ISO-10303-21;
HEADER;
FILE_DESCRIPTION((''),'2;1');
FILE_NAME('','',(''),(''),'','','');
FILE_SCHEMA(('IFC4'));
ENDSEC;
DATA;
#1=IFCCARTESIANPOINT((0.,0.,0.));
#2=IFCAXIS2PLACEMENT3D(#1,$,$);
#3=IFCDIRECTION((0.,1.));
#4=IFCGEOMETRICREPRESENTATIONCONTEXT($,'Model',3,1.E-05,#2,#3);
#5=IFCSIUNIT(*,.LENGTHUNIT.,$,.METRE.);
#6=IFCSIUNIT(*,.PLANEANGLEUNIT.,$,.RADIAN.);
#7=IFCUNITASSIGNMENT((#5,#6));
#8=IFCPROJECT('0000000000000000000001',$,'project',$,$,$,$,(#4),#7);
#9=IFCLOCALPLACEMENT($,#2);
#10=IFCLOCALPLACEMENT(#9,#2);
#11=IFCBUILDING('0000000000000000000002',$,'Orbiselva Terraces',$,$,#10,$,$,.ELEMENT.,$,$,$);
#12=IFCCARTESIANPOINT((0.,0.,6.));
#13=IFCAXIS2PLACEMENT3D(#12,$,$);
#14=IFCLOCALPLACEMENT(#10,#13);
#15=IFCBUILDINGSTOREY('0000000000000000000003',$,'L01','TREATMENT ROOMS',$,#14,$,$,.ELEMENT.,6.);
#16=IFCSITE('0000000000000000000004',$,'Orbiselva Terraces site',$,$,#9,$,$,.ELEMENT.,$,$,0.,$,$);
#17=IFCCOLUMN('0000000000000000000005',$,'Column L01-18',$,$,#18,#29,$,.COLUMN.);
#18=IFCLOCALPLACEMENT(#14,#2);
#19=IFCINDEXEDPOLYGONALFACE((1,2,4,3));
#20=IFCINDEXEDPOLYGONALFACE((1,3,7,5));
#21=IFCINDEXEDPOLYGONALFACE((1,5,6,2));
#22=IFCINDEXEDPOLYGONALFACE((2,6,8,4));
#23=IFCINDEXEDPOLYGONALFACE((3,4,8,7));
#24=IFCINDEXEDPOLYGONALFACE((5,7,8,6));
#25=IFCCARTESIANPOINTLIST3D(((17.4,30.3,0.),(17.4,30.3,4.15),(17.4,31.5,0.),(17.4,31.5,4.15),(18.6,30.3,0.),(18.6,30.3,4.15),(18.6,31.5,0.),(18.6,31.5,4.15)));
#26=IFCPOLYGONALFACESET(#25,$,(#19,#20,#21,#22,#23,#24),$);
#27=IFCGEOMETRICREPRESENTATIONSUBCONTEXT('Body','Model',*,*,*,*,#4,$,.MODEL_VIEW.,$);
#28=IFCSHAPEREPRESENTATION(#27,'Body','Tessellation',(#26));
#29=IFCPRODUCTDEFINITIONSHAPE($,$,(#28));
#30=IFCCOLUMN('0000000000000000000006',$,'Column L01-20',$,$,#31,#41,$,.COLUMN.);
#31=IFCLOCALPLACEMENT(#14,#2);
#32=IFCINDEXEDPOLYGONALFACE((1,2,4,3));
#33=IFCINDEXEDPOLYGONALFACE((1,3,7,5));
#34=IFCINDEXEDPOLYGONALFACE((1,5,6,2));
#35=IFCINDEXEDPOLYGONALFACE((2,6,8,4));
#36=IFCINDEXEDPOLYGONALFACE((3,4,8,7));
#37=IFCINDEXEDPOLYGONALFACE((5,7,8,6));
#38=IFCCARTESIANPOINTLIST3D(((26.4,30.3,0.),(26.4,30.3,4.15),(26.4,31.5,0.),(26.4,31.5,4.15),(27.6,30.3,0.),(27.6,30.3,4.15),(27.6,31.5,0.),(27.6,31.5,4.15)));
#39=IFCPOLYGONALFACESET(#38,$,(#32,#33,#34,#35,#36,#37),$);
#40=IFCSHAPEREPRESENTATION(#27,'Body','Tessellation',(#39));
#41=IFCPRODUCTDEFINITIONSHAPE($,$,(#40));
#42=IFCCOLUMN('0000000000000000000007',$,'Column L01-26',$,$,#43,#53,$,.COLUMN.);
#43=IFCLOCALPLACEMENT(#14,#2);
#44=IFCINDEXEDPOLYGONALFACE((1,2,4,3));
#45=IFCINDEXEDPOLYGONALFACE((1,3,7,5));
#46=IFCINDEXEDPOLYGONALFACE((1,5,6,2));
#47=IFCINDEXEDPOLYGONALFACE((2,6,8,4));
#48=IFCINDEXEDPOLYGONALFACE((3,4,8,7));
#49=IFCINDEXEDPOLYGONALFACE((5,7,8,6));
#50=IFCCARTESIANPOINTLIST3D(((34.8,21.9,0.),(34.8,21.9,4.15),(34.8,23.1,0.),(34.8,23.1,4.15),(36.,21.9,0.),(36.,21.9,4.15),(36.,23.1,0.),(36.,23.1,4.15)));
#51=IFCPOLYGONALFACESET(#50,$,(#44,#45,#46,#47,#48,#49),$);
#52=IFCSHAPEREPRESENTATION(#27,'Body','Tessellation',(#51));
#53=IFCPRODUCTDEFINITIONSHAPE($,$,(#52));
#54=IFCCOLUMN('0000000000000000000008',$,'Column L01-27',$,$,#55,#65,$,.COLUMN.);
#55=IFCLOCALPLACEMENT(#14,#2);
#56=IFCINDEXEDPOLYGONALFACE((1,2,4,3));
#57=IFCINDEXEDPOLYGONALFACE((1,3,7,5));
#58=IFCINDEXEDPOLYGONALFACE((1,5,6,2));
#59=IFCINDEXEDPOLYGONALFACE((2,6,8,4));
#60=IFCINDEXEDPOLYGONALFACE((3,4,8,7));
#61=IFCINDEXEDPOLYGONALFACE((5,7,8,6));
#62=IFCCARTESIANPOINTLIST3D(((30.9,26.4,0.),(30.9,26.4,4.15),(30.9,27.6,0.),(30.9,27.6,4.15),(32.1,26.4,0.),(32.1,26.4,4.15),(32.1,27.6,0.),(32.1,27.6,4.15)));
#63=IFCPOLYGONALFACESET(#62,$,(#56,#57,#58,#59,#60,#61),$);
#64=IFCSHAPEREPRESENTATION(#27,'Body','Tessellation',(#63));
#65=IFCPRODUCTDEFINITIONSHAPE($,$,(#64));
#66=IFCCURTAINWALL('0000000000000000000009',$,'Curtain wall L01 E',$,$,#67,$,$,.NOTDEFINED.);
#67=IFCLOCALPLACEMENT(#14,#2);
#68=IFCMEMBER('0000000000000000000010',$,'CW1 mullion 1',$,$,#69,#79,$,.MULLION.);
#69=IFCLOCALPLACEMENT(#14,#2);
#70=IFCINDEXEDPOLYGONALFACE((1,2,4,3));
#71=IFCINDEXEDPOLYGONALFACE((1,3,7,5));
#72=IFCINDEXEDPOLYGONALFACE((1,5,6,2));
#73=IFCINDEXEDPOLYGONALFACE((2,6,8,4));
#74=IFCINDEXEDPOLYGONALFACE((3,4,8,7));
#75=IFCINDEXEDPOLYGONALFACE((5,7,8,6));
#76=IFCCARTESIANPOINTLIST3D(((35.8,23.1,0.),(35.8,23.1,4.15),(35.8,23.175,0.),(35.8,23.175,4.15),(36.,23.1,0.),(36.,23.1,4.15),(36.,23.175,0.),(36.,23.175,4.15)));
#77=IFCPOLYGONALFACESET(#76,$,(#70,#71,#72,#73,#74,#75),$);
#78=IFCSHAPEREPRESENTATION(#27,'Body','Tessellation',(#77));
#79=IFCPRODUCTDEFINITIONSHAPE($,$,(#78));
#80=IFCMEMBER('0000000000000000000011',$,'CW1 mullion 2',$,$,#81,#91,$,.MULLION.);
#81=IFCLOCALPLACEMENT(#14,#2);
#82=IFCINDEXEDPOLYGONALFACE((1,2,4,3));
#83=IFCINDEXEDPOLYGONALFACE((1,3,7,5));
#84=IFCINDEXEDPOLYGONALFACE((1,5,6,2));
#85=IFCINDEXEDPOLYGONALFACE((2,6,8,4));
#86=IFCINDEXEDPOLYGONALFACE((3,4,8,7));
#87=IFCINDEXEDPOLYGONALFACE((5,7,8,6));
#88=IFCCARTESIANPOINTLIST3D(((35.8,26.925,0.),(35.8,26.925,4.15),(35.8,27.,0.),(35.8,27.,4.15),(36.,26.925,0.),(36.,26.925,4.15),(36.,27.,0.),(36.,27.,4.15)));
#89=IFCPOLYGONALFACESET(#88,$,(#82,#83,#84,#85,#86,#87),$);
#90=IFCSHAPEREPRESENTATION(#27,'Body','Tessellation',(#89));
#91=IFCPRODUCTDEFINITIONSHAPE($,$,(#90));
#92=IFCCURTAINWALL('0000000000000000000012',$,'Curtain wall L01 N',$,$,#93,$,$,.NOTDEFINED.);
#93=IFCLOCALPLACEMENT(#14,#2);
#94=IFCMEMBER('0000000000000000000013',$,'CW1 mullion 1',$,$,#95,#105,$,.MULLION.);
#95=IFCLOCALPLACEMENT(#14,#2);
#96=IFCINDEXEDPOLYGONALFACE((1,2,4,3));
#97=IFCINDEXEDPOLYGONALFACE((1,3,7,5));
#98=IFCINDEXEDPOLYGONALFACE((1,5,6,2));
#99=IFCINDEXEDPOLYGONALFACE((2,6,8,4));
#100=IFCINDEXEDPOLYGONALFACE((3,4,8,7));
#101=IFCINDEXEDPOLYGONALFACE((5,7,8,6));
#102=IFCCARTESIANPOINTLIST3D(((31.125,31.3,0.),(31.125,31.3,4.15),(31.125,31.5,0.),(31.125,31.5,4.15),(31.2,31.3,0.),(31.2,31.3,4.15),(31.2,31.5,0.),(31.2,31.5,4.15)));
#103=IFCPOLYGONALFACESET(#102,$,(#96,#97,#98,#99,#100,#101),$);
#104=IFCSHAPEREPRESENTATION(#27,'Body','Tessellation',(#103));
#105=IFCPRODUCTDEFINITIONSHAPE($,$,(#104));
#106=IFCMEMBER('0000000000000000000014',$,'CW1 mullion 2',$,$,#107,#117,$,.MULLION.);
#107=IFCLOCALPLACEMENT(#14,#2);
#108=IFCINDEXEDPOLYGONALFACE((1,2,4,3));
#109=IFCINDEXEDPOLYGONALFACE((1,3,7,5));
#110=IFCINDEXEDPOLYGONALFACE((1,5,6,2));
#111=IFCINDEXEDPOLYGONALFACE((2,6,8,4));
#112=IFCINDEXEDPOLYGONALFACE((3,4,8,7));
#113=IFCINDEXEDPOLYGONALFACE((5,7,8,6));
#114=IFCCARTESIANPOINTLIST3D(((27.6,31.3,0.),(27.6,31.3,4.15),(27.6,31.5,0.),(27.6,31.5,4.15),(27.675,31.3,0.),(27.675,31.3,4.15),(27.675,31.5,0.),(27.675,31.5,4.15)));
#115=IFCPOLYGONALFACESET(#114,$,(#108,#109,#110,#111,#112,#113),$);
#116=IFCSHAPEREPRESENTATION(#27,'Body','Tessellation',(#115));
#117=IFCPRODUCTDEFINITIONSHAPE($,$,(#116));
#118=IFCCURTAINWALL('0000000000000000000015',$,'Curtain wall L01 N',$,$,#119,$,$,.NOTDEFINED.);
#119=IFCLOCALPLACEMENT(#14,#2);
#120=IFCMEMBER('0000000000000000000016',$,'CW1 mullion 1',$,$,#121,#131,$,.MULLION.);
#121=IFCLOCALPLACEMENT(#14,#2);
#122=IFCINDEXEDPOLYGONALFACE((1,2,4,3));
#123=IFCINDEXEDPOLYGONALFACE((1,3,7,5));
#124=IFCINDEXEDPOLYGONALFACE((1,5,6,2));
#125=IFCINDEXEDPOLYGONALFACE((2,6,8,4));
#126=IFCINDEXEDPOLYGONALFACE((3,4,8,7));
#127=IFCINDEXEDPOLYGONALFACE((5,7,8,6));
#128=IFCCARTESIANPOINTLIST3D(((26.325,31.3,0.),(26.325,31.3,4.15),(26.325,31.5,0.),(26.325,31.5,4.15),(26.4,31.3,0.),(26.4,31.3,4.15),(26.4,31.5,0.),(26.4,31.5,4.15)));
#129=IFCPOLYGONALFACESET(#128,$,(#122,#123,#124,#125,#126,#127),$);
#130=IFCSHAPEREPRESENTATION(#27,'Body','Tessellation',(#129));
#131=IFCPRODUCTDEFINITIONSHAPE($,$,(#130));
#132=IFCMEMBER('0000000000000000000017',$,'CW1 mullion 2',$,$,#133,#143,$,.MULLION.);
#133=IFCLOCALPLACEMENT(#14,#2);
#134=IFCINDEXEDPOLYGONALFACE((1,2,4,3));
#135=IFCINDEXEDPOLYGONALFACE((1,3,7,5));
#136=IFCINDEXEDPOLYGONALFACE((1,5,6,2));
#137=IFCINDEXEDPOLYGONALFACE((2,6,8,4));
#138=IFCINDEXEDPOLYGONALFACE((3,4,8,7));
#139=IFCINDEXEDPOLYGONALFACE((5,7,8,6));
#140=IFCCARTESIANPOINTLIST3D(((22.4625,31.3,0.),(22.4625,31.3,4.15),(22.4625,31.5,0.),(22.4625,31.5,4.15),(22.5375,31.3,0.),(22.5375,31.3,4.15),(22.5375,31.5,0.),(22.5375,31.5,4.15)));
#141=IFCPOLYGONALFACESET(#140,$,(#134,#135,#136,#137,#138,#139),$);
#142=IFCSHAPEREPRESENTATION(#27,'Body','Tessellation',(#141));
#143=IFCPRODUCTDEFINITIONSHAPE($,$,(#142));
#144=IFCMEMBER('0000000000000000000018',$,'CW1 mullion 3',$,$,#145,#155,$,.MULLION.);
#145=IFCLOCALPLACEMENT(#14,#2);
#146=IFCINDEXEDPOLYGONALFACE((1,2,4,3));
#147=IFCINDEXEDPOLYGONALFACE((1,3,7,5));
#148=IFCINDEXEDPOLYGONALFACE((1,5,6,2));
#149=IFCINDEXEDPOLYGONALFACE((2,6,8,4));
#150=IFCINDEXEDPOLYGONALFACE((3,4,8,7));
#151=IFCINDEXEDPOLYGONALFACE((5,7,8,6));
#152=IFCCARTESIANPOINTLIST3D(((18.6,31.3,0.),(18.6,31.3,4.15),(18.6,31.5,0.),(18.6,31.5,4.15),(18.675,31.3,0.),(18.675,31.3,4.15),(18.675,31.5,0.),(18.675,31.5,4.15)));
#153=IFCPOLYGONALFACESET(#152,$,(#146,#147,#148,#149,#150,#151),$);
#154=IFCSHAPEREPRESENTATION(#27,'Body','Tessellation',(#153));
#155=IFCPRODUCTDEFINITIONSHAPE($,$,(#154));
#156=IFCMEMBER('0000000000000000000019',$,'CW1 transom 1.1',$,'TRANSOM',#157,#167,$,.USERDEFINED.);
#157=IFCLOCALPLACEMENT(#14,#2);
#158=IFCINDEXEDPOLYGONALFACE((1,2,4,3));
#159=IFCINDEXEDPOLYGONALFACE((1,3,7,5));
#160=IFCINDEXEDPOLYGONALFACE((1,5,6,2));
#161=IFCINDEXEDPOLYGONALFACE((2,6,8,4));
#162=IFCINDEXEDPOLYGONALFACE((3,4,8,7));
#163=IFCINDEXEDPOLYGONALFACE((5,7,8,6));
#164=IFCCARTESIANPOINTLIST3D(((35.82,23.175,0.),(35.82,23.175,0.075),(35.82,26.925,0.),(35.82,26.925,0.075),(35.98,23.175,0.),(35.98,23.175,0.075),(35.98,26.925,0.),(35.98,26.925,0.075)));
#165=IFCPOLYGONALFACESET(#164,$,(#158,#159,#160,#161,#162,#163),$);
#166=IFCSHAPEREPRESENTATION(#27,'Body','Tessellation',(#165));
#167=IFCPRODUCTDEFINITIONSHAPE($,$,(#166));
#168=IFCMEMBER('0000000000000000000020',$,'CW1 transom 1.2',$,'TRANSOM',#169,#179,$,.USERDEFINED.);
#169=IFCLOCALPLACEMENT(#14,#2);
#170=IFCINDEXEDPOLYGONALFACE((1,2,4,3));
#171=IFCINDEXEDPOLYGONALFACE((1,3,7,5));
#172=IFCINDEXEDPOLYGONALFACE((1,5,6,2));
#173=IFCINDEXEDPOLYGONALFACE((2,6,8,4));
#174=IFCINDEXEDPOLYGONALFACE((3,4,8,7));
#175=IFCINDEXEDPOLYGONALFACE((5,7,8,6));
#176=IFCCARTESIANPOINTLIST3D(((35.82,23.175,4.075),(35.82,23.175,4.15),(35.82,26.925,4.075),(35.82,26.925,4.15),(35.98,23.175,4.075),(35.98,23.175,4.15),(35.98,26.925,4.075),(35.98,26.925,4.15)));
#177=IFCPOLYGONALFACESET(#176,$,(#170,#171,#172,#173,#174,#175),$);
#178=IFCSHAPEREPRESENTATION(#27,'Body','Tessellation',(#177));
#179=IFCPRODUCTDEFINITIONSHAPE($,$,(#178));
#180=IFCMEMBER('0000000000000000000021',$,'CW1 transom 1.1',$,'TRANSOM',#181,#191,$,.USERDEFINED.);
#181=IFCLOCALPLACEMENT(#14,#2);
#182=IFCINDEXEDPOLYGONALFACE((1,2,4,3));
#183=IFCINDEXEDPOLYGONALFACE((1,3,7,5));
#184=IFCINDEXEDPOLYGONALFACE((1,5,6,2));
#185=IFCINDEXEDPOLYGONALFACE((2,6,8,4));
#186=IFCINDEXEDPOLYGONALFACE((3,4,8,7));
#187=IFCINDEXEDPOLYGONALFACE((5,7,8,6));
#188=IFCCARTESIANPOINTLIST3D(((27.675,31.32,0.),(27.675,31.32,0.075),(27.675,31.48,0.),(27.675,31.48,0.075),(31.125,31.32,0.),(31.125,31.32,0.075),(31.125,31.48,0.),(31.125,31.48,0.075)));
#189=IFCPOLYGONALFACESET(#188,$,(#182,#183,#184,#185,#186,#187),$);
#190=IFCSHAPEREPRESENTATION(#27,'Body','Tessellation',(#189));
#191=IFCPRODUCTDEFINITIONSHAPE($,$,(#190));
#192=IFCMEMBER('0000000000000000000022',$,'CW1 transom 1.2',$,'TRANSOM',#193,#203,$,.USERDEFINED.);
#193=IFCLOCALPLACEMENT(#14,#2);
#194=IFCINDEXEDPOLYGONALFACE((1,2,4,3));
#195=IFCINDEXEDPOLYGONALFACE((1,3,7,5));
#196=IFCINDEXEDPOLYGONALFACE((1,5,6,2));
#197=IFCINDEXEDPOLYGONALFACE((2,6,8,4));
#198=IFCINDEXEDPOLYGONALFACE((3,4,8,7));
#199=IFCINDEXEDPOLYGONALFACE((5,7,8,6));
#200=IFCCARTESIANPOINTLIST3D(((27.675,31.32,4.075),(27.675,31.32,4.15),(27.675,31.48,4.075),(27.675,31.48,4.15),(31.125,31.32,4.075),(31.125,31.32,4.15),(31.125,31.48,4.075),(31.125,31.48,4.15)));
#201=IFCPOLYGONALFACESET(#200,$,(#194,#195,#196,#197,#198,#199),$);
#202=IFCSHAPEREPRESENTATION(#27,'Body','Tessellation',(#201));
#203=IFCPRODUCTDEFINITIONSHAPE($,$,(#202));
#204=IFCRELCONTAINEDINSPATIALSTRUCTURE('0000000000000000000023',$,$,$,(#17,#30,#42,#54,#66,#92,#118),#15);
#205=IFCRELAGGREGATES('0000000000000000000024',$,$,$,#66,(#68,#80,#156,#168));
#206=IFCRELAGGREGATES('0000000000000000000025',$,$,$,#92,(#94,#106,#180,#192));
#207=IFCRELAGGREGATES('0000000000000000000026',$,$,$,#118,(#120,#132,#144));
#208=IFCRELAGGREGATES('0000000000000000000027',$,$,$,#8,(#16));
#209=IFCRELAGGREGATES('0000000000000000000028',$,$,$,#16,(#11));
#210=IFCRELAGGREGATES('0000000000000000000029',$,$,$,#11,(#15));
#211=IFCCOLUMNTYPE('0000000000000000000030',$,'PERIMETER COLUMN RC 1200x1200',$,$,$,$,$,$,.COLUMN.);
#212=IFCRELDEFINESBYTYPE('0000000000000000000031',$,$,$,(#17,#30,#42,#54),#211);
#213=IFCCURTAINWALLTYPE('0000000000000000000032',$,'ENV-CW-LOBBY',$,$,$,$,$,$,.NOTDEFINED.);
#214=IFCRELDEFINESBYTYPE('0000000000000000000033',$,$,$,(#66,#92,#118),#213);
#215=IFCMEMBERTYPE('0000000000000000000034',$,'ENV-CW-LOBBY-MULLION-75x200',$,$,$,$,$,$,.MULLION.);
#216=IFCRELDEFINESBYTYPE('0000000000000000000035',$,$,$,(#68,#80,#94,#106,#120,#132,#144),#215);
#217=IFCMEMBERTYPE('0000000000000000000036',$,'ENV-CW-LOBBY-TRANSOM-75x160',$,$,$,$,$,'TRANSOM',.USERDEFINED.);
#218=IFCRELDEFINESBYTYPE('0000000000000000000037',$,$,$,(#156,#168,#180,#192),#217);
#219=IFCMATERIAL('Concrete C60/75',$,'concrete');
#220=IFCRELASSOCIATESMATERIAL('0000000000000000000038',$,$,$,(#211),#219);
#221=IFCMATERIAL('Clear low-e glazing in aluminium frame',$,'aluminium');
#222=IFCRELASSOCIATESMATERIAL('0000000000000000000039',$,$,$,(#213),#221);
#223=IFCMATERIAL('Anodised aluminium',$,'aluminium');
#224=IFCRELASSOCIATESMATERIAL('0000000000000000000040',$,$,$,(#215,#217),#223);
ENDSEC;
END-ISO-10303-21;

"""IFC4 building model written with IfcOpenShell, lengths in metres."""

from ifc_helpers import new_model, si_unit, direction, frame, origin, origin_2d, place, context, subcontext, project, spatial, rectangle, extrude, material, material_profile, profile_set, type_object, element, aggregate, save


model = new_model("IFC4")

# Units and contexts
model_context = context("Model", 3, precision=1e-05, world=origin(), true_north=direction((0.0, 1.0)))
body_context = subcontext(model_context, "Body", "Model", "MODEL_VIEW")
ifc_project = project(units=[si_unit("LENGTHUNIT", "METRE"), si_unit("PLANEANGLEUNIT", "RADIAN")], contexts=[model_context])

# Site, building, storey
site_placement = place(None, origin())
site = spatial("IfcSite", under=ifc_project, at=site_placement, Name="Orbiselva Terraces site", CompositionType="ELEMENT", RefElevation=0.0)
building_placement = place(site_placement, origin())
building = spatial("IfcBuilding", under=site, at=building_placement, Name="Orbiselva Terraces", CompositionType="ELEMENT")
storey_placement = place(building_placement, frame((0.0, 0.0, 6.0)))
storey = spatial("IfcBuildingStorey", under=building, at=storey_placement, Name="L01", Description="TREATMENT ROOMS", CompositionType="ELEMENT", Elevation=6.0)

# Columns
ifc_material_1 = material(Name="Concrete C60/75", Category="concrete")
ifc_material_profile_1 = material_profile(ifc_material_1, rectangle(XDim=1.2, YDim=1.2, at=origin_2d()), Name="RC 1200x1200")
ifc_profile_set_1 = profile_set([ifc_material_profile_1], Name="Concrete C60/75")
column_type = type_object("IfcColumnType", Name="PERIMETER COLUMN RC 1200x1200", PredefinedType="COLUMN", material=ifc_profile_set_1)
for number, where, z_axis, x_axis, name in (
    (1, (18.0, 30.9, 0.0), (0.0, 0.0, 1.0), (1.0, 0.0, 0.0), "Column L01-18"),
    (2, (27.0, 30.9, 0.0), (0.0, 0.0, 1.0), (1.0, 0.0, 0.0), "Column L01-20"),
    (3, (35.4, 22.5, 0.0), (0.0, 0.0, 1.0), (1.0, 0.0, 0.0), "Column L01-26"),
    (4, (31.5, 27.0, 0.0), (0.0, 0.0, 1.0), (1.0, 0.0, 0.0), "Column L01-27"),
):
    element("IfcColumn", number, at=place(storey_placement, frame(where, z_axis=z_axis, x_axis=x_axis)), inside=storey, type_object=column_type, Name=name, PredefinedType="COLUMN", context=body_context, shape_type="SweptSolid", body=[
        extrude(rectangle(XDim=1.2, YDim=1.2, at=origin_2d()), origin(), (0.0, 0.0, 1.0), 4.15),
    ])

# Curtain walls, members
ifc_material_2 = material(Name="Clear low-e glazing in aluminium frame", Category="aluminium")
curtain_wall_type = type_object("IfcCurtainWallType", Name="ENV-CW-LOBBY", PredefinedType="NOTDEFINED", material=ifc_material_2)
curtain_wall_1_placement = place(storey_placement, origin())
curtain_wall_1 = element("IfcCurtainWall", 5, at=curtain_wall_1_placement, inside=storey, type_object=curtain_wall_type, Name="Curtain wall L01 E", PredefinedType="NOTDEFINED")
ifc_material_3 = material(Name="Anodised aluminium", Category="aluminium")
ifc_material_profile_2 = material_profile(ifc_material_3, rectangle(XDim=0.2, YDim=0.075, at=origin_2d()), Name="AL 75x200")
ifc_profile_set_2 = profile_set([ifc_material_profile_2], Name="Anodised aluminium")
member_type_1 = type_object("IfcMemberType", Name="ENV-CW-LOBBY-MULLION-75x200", PredefinedType="MULLION", material=ifc_profile_set_2)
member_1_placement = place(storey_placement, frame((35.9, 23.1375, 0.0), z_axis=(0.0, 0.0, 1.0), x_axis=(-1.0, 0.0, 0.0)))
member_1 = element("IfcMember", 6, at=member_1_placement, type_object=member_type_1, Name="CW1 mullion 1", PredefinedType="MULLION", context=body_context, shape_type="SweptSolid", body=[
    extrude(rectangle(XDim=0.2, YDim=0.075, at=origin_2d()), origin(), (0.0, 0.0, 1.0), 4.15),
])
member_2_placement = place(storey_placement, frame((35.9, 26.9625, 0.0), z_axis=(0.0, 0.0, 1.0), x_axis=(-1.0, 0.0, 0.0)))
member_2 = element("IfcMember", 7, at=member_2_placement, type_object=member_type_1, Name="CW1 mullion 2", PredefinedType="MULLION", context=body_context, shape_type="SweptSolid", body=[
    extrude(rectangle(XDim=0.2, YDim=0.075, at=origin_2d()), origin(), (0.0, 0.0, 1.0), 4.15),
])
curtain_wall_2_placement = place(storey_placement, origin())
curtain_wall_2 = element("IfcCurtainWall", 8, at=curtain_wall_2_placement, inside=storey, type_object=curtain_wall_type, Name="Curtain wall L01 N", PredefinedType="NOTDEFINED")
member_3_placement = place(storey_placement, frame((31.1625, 31.4, 0.0), z_axis=(0.0, 0.0, 1.0), x_axis=(0.0, -1.0, 0.0)))
member_3 = element("IfcMember", 9, at=member_3_placement, type_object=member_type_1, Name="CW1 mullion 1", PredefinedType="MULLION", context=body_context, shape_type="SweptSolid", body=[
    extrude(rectangle(XDim=0.2, YDim=0.075, at=origin_2d()), origin(), (0.0, 0.0, 1.0), 4.15),
])
member_4_placement = place(storey_placement, frame((27.6375, 31.4, 0.0), z_axis=(0.0, 0.0, 1.0), x_axis=(0.0, -1.0, 0.0)))
member_4 = element("IfcMember", 10, at=member_4_placement, type_object=member_type_1, Name="CW1 mullion 2", PredefinedType="MULLION", context=body_context, shape_type="SweptSolid", body=[
    extrude(rectangle(XDim=0.2, YDim=0.075, at=origin_2d()), origin(), (0.0, 0.0, 1.0), 4.15),
])
curtain_wall_3_placement = place(storey_placement, origin())
curtain_wall_3 = element("IfcCurtainWall", 11, at=curtain_wall_3_placement, inside=storey, type_object=curtain_wall_type, Name="Curtain wall L01 N", PredefinedType="NOTDEFINED")
member_5_placement = place(storey_placement, frame((26.3625, 31.4, 0.0), z_axis=(0.0, 0.0, 1.0), x_axis=(0.0, -1.0, 0.0)))
member_5 = element("IfcMember", 12, at=member_5_placement, type_object=member_type_1, Name="CW1 mullion 1", PredefinedType="MULLION", context=body_context, shape_type="SweptSolid", body=[
    extrude(rectangle(XDim=0.2, YDim=0.075, at=origin_2d()), origin(), (0.0, 0.0, 1.0), 4.15),
])
member_6_placement = place(storey_placement, frame((22.5, 31.4, 0.0), z_axis=(0.0, 0.0, 1.0), x_axis=(0.0, -1.0, 0.0)))
member_6 = element("IfcMember", 13, at=member_6_placement, type_object=member_type_1, Name="CW1 mullion 2", PredefinedType="MULLION", context=body_context, shape_type="SweptSolid", body=[
    extrude(rectangle(XDim=0.2, YDim=0.075, at=origin_2d()), origin(), (0.0, 0.0, 1.0), 4.15),
])
member_7_placement = place(storey_placement, frame((18.6375, 31.4, 0.0), z_axis=(0.0, 0.0, 1.0), x_axis=(0.0, -1.0, 0.0)))
member_7 = element("IfcMember", 14, at=member_7_placement, type_object=member_type_1, Name="CW1 mullion 3", PredefinedType="MULLION", context=body_context, shape_type="SweptSolid", body=[
    extrude(rectangle(XDim=0.2, YDim=0.075, at=origin_2d()), origin(), (0.0, 0.0, 1.0), 4.15),
])

# Members
ifc_material_profile_3 = material_profile(ifc_material_3, rectangle(XDim=0.16, YDim=0.075, at=origin_2d()), Name="AL 75x160")
ifc_profile_set_3 = profile_set([ifc_material_profile_3], Name="Anodised aluminium")
member_type_2 = type_object("IfcMemberType", Name="ENV-CW-LOBBY-TRANSOM-75x160", ElementType="TRANSOM", PredefinedType="USERDEFINED", material=ifc_profile_set_3)
member_8_placement = place(storey_placement, frame((35.9, 23.175, 0.0375), z_axis=(0.0, 1.0, 0.0), x_axis=(-1.0, 0.0, 0.0)))
member_8 = element("IfcMember", 15, at=member_8_placement, type_object=member_type_2, Name="CW1 transom 1.1", ObjectType="TRANSOM", PredefinedType="USERDEFINED", context=body_context, shape_type="SweptSolid", body=[
    extrude(rectangle(XDim=0.16, YDim=0.075, at=origin_2d()), origin(), (0.0, 0.0, 1.0), 3.75),
])
member_9_placement = place(storey_placement, frame((35.9, 23.175, 4.1125), z_axis=(0.0, 1.0, 0.0), x_axis=(-1.0, 0.0, 0.0)))
member_9 = element("IfcMember", 16, at=member_9_placement, type_object=member_type_2, Name="CW1 transom 1.2", ObjectType="TRANSOM", PredefinedType="USERDEFINED", context=body_context, shape_type="SweptSolid", body=[
    extrude(rectangle(XDim=0.16, YDim=0.075, at=origin_2d()), origin(), (0.0, 0.0, 1.0), 3.75),
])
member_10_placement = place(storey_placement, frame((31.125, 31.4, 0.0375), z_axis=(-1.0, 0.0, 0.0), x_axis=(0.0, -1.0, 0.0)))
member_10 = element("IfcMember", 17, at=member_10_placement, type_object=member_type_2, Name="CW1 transom 1.1", ObjectType="TRANSOM", PredefinedType="USERDEFINED", context=body_context, shape_type="SweptSolid", body=[
    extrude(rectangle(XDim=0.16, YDim=0.075, at=origin_2d()), origin(), (0.0, 0.0, 1.0), 3.45),
])
member_11_placement = place(storey_placement, frame((31.125, 31.4, 4.1125), z_axis=(-1.0, 0.0, 0.0), x_axis=(0.0, -1.0, 0.0)))
member_11 = element("IfcMember", 18, at=member_11_placement, type_object=member_type_2, Name="CW1 transom 1.2", ObjectType="TRANSOM", PredefinedType="USERDEFINED", context=body_context, shape_type="SweptSolid", body=[
    extrude(rectangle(XDim=0.16, YDim=0.075, at=origin_2d()), origin(), (0.0, 0.0, 1.0), 3.45),
])

aggregate(curtain_wall_1, [member_1, member_2, member_8, member_9])
aggregate(curtain_wall_2, [member_3, member_4, member_10, member_11])
aggregate(curtain_wall_3, [member_5, member_6, member_7])

save(model, "model.ifc")
